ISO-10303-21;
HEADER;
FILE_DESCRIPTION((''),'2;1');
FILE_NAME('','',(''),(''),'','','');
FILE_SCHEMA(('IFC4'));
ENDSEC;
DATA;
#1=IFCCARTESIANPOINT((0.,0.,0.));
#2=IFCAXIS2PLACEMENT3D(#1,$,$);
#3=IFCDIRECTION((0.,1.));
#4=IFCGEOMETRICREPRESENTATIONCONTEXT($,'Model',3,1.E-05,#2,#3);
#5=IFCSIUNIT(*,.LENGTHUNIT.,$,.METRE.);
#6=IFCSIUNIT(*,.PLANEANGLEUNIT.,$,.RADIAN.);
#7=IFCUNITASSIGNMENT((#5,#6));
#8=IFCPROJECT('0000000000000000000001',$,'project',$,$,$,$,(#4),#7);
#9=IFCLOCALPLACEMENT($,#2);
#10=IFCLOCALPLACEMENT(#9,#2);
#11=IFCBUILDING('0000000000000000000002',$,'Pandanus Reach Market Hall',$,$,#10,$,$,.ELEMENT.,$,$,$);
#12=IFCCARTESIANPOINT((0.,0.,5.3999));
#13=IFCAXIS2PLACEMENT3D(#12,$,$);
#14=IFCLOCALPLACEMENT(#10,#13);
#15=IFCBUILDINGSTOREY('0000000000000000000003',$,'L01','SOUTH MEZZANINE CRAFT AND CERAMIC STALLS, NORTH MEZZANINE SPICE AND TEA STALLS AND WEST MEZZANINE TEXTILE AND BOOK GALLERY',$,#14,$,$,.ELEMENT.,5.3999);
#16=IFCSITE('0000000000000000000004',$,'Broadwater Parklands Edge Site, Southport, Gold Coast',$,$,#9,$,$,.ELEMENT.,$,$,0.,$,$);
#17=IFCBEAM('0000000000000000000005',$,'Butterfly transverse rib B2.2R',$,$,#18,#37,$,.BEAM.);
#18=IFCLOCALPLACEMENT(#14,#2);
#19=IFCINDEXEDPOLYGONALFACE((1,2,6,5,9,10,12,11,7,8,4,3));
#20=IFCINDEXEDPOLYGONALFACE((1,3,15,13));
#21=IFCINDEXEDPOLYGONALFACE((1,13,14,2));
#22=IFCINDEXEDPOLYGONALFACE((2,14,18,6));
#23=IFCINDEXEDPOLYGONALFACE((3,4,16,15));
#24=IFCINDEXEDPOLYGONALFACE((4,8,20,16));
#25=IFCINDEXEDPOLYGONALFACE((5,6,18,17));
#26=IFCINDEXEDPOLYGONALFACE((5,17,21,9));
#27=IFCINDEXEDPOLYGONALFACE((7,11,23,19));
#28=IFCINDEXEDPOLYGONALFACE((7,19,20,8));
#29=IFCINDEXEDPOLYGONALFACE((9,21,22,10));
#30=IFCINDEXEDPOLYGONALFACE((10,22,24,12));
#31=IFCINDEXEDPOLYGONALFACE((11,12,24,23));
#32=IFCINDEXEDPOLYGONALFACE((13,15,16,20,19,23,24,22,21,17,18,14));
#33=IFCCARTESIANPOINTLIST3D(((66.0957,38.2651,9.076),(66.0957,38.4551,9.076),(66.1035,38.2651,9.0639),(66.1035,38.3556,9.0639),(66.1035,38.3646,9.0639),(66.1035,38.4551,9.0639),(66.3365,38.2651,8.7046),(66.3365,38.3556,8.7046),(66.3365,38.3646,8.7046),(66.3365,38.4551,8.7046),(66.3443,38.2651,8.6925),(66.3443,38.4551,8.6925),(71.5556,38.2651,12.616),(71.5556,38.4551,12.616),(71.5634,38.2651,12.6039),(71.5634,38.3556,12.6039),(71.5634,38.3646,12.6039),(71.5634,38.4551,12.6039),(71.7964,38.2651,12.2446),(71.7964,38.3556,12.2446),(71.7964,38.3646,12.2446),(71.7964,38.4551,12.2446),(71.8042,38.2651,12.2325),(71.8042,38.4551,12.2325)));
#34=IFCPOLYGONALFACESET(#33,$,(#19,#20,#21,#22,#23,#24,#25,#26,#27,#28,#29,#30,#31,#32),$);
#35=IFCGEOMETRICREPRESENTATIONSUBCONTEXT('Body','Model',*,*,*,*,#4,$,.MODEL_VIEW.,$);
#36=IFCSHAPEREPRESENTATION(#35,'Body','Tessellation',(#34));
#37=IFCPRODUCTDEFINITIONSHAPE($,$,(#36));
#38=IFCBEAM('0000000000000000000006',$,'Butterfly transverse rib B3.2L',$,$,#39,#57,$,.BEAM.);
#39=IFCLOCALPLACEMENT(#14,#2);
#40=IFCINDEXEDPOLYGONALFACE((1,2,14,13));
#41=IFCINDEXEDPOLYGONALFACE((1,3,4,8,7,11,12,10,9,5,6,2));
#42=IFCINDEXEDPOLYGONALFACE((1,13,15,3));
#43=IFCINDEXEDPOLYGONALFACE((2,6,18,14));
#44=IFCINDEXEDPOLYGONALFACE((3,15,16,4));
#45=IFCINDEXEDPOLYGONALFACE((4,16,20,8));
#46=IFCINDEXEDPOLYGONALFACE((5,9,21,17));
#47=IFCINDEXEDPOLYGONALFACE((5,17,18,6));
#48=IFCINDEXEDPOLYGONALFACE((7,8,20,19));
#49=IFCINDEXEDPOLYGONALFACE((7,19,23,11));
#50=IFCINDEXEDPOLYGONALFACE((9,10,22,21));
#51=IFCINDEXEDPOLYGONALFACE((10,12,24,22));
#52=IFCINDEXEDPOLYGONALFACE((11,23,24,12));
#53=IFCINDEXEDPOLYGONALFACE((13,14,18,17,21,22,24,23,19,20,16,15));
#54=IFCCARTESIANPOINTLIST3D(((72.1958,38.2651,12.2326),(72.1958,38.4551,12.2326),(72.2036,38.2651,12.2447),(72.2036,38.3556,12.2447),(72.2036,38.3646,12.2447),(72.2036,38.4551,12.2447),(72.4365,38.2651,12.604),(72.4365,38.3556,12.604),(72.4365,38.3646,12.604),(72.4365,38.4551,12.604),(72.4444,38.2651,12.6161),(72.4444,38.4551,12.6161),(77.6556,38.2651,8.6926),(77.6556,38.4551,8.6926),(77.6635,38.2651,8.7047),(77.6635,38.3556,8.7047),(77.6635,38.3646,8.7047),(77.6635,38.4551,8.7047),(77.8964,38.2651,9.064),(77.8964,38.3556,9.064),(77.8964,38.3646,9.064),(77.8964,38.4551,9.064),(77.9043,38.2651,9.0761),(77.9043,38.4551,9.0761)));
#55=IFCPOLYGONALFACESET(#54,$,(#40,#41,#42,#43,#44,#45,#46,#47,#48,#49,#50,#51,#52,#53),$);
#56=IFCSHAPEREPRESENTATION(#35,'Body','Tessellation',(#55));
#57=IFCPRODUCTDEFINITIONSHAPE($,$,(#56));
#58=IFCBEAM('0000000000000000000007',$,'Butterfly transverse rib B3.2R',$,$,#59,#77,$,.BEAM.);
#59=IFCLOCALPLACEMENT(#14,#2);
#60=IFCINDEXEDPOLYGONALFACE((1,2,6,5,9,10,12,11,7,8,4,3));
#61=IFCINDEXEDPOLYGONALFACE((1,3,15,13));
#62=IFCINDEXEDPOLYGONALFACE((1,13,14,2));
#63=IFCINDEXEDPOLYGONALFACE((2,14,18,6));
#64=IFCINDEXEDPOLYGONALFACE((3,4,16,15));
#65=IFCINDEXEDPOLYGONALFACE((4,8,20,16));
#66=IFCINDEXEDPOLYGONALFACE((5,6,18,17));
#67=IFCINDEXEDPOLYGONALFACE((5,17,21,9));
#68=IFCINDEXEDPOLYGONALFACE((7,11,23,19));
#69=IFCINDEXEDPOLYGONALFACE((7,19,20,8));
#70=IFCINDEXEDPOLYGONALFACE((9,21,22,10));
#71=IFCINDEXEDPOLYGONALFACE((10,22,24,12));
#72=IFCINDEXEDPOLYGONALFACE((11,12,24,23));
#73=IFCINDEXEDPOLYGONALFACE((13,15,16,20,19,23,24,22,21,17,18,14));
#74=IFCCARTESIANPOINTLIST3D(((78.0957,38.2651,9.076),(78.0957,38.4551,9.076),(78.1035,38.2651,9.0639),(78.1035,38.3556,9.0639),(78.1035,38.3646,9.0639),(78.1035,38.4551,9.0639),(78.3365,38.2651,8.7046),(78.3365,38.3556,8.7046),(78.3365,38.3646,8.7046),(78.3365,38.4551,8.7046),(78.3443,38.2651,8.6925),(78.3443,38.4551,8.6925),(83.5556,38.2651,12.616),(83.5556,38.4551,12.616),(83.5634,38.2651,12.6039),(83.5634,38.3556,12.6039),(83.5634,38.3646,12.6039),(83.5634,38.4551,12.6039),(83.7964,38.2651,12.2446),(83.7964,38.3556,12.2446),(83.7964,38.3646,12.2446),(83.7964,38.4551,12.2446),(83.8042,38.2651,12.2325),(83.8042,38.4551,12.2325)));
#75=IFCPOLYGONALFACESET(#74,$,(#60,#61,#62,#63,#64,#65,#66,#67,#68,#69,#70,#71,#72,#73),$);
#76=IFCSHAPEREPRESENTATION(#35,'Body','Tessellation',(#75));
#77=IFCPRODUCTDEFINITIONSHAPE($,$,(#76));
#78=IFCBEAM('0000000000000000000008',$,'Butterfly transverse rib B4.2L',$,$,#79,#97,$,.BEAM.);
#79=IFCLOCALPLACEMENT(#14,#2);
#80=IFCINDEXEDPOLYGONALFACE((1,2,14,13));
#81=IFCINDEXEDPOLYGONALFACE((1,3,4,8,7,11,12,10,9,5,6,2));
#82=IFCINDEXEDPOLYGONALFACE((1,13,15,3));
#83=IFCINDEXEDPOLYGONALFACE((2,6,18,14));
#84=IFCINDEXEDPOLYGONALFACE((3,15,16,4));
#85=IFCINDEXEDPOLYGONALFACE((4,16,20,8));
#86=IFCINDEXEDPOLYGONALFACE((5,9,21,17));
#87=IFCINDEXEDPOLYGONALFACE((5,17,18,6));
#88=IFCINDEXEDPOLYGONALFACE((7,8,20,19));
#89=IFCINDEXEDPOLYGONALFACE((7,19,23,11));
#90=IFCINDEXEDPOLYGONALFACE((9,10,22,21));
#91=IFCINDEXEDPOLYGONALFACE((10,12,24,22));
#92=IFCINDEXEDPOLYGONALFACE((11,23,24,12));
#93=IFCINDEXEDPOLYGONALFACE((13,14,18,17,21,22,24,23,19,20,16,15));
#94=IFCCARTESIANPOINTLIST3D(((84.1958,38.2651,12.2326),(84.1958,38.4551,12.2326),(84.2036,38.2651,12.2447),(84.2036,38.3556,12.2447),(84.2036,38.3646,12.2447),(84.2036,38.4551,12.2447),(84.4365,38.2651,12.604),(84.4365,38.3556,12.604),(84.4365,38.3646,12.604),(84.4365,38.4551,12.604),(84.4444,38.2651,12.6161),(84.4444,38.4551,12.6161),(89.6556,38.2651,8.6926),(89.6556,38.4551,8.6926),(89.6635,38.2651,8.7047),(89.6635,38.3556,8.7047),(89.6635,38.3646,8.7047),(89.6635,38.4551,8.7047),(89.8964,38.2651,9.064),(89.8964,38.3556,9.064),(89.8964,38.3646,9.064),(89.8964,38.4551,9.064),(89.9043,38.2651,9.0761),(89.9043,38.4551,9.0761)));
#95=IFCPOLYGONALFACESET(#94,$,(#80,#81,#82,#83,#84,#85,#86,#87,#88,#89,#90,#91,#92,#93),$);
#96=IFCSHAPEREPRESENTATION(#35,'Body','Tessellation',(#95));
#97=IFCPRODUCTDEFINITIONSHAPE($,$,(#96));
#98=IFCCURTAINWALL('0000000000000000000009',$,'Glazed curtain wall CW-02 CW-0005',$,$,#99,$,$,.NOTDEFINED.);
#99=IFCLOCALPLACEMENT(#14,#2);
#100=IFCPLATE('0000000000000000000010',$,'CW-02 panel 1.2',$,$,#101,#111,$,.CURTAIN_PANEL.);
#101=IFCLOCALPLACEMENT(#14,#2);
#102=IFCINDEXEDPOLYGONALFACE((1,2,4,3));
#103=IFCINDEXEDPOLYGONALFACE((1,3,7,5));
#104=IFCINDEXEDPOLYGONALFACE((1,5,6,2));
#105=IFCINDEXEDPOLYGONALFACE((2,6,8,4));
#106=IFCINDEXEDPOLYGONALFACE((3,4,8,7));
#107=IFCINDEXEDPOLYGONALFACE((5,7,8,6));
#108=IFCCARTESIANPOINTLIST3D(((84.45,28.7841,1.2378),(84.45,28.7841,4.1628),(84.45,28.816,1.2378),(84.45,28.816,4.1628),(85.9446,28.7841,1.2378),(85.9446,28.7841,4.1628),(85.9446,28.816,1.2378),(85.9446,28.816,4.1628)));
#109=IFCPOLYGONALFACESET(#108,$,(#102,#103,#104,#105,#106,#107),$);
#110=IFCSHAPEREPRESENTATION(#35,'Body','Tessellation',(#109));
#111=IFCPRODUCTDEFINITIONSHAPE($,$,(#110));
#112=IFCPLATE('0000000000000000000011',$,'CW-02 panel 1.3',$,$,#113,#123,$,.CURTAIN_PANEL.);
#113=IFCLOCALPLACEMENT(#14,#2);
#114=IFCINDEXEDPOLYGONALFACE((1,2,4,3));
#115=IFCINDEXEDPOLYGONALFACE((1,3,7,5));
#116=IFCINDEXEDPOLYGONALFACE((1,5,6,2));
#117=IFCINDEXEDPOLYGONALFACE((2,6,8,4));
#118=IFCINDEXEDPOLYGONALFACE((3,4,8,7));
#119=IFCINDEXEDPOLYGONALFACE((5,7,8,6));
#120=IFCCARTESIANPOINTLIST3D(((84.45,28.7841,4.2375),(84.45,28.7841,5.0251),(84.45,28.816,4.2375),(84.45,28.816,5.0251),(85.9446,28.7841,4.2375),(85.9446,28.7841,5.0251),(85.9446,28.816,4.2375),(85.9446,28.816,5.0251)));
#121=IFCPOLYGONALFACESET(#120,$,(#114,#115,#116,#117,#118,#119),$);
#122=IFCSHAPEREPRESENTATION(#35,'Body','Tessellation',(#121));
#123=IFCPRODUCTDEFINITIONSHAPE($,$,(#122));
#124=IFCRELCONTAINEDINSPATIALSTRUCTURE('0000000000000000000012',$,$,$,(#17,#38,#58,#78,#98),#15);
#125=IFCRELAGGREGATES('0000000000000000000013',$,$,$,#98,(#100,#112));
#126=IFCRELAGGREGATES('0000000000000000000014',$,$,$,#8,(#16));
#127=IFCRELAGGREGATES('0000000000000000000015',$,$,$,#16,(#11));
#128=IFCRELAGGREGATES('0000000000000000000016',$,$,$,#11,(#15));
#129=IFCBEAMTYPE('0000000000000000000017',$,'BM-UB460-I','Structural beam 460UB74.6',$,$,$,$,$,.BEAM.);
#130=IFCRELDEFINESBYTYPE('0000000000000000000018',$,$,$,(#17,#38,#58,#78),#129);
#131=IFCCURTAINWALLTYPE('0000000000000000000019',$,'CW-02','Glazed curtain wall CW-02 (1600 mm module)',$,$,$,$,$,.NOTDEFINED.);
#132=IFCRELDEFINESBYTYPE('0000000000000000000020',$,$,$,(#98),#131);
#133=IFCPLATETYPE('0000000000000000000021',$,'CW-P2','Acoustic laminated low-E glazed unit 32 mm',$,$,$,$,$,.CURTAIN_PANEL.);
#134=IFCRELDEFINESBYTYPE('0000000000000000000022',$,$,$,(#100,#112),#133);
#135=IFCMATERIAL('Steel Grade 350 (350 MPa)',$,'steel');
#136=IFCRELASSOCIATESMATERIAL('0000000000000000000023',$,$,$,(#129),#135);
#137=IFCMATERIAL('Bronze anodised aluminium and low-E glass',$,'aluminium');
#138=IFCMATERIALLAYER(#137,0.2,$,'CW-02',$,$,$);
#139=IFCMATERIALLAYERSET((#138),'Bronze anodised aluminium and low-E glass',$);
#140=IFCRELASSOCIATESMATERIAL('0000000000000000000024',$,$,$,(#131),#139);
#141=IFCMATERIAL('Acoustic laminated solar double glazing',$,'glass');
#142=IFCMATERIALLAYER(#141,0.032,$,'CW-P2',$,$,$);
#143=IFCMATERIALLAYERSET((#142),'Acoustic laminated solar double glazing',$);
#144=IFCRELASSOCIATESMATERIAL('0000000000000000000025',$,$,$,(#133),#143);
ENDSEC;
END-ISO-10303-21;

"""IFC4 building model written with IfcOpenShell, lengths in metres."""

from ifc_helpers import new_model, si_unit, direction, frame, origin, origin_2d, place, context, subcontext, project, spatial, rectangle, i_section, extrude, material, layer, layer_set, material_profile, profile_set, type_object, element, aggregate, save


model = new_model("IFC4")

# Units and contexts
model_context = context("Model", 3, precision=1e-05, world=origin(), true_north=direction((0.0, 1.0)))
body_context = subcontext(model_context, "Body", "Model", "MODEL_VIEW")
ifc_project = project(units=[si_unit("LENGTHUNIT", "METRE"), si_unit("PLANEANGLEUNIT", "RADIAN")], contexts=[model_context])

# Site, building, storey
site_placement = place(None, origin())
site = spatial("IfcSite", under=ifc_project, at=site_placement, Name="Broadwater Parklands Edge Site, Southport, Gold Coast", CompositionType="ELEMENT", RefElevation=0.0)
building_placement = place(site_placement, origin())
building = spatial("IfcBuilding", under=site, at=building_placement, Name="Pandanus Reach Market Hall", CompositionType="ELEMENT")
storey_placement = place(building_placement, frame((0.0, 0.0, 5.3999)))
storey = spatial("IfcBuildingStorey", under=building, at=storey_placement, Name="L01", Description="SOUTH MEZZANINE CRAFT AND CERAMIC STALLS, NORTH MEZZANINE SPICE AND TEA STALLS AND WEST MEZZANINE TEXTILE AND BOOK GALLERY", CompositionType="ELEMENT", Elevation=5.3999)

# Beams
ifc_material_1 = material(Name="Steel Grade 350 (350 MPa)", Category="steel")
ifc_material_profile_1 = material_profile(ifc_material_1, i_section(OverallWidth=0.1899, OverallDepth=0.457, WebThickness=0.009, FlangeThickness=0.0144, at=origin_2d()), Name="460UB74.6", Category="LoadBearing")
ifc_profile_set_1 = profile_set([ifc_material_profile_1], Name="Steel Grade 350 (350 MPa)")
beam_type_1 = type_object("IfcBeamType", Name="BM-UB460-I", Description="Structural beam 460UB74.6", PredefinedType="BEAM", material=ifc_profile_set_1)
for number, where, z_axis, x_axis, name in (
    (1, (66.22, 38.3601, 8.8843), (0.839071, 0.0, 0.544023), (0.0, 1.0, 0.0), "Butterfly transverse rib B2.2R"),
    (2, (72.3201, 38.3601, 12.4243), (0.839071, 0.0, -0.544023), (0.0, 1.0, 0.0), "Butterfly transverse rib B3.2L"),
    (3, (78.22, 38.3601, 8.8843), (0.839071, 0.0, 0.544023), (0.0, 1.0, 0.0), "Butterfly transverse rib B3.2R"),
    (4, (84.3201, 38.3601, 12.4243), (0.839071, 0.0, -0.544023), (0.0, 1.0, 0.0), "Butterfly transverse rib B4.2L"),
):
    element("IfcBeam", number, at=place(storey_placement, frame(where, z_axis=z_axis, x_axis=x_axis)), inside=storey, type_object=beam_type_1, Name=name, PredefinedType="BEAM", context=body_context, shape_type="SweptSolid", body=[
        extrude(i_section(OverallWidth=0.1899, OverallDepth=0.457, WebThickness=0.009, FlangeThickness=0.0144, at=origin_2d()), origin(), (0.0, 0.0, 1.0), 6.5071),
    ])

# Curtain wall, plates
ifc_material_2 = material(Name="Bronze anodised aluminium and low-E glass", Category="aluminium")
ifc_layer_1 = layer(ifc_material_2, 0.2, Name="CW-02")
ifc_layer_set_1 = layer_set([ifc_layer_1], Name="Bronze anodised aluminium and low-E glass")
curtain_wall_type = type_object("IfcCurtainWallType", Name="CW-02", Description="Glazed curtain wall CW-02 (1600 mm module)", PredefinedType="NOTDEFINED", material=ifc_layer_set_1)
curtain_wall_placement = place(storey_placement, origin())
curtain_wall = element("IfcCurtainWall", 5, at=curtain_wall_placement, inside=storey, type_object=curtain_wall_type, Name="Glazed curtain wall CW-02 CW-0005", PredefinedType="NOTDEFINED")
ifc_material_3 = material(Name="Acoustic laminated solar double glazing", Category="glass")
ifc_layer_2 = layer(ifc_material_3, 0.032, Name="CW-P2")
ifc_layer_set_2 = layer_set([ifc_layer_2], Name="Acoustic laminated solar double glazing")
plate_type = type_object("IfcPlateType", Name="CW-P2", Description="Acoustic laminated low-E glazed unit 32 mm", PredefinedType="CURTAIN_PANEL", material=ifc_layer_set_2)
plate_1_placement = place(storey_placement, frame((85.1973, 28.8, 1.2378), z_axis=(0.0, 0.0, 1.0), x_axis=(1.0, 0.0, 0.0)))
plate_1 = element("IfcPlate", 6, at=plate_1_placement, type_object=plate_type, Name="CW-02 panel 1.2", PredefinedType="CURTAIN_PANEL", context=body_context, shape_type="SweptSolid", body=[
    extrude(rectangle(XDim=1.4946, YDim=0.032, at=origin_2d()), origin(), (0.0, 0.0, 1.0), 2.925),
])
plate_2_placement = place(storey_placement, frame((85.1973, 28.8, 4.2375), z_axis=(0.0, 0.0, 1.0), x_axis=(1.0, 0.0, 0.0)))
plate_2 = element("IfcPlate", 7, at=plate_2_placement, type_object=plate_type, Name="CW-02 panel 1.3", PredefinedType="CURTAIN_PANEL", context=body_context, shape_type="SweptSolid", body=[
    extrude(rectangle(XDim=1.4946, YDim=0.032, at=origin_2d()), origin(), (0.0, 0.0, 1.0), 0.7876),
])
aggregate(curtain_wall, [plate_1, plate_2])

save(model, "model.ifc")
